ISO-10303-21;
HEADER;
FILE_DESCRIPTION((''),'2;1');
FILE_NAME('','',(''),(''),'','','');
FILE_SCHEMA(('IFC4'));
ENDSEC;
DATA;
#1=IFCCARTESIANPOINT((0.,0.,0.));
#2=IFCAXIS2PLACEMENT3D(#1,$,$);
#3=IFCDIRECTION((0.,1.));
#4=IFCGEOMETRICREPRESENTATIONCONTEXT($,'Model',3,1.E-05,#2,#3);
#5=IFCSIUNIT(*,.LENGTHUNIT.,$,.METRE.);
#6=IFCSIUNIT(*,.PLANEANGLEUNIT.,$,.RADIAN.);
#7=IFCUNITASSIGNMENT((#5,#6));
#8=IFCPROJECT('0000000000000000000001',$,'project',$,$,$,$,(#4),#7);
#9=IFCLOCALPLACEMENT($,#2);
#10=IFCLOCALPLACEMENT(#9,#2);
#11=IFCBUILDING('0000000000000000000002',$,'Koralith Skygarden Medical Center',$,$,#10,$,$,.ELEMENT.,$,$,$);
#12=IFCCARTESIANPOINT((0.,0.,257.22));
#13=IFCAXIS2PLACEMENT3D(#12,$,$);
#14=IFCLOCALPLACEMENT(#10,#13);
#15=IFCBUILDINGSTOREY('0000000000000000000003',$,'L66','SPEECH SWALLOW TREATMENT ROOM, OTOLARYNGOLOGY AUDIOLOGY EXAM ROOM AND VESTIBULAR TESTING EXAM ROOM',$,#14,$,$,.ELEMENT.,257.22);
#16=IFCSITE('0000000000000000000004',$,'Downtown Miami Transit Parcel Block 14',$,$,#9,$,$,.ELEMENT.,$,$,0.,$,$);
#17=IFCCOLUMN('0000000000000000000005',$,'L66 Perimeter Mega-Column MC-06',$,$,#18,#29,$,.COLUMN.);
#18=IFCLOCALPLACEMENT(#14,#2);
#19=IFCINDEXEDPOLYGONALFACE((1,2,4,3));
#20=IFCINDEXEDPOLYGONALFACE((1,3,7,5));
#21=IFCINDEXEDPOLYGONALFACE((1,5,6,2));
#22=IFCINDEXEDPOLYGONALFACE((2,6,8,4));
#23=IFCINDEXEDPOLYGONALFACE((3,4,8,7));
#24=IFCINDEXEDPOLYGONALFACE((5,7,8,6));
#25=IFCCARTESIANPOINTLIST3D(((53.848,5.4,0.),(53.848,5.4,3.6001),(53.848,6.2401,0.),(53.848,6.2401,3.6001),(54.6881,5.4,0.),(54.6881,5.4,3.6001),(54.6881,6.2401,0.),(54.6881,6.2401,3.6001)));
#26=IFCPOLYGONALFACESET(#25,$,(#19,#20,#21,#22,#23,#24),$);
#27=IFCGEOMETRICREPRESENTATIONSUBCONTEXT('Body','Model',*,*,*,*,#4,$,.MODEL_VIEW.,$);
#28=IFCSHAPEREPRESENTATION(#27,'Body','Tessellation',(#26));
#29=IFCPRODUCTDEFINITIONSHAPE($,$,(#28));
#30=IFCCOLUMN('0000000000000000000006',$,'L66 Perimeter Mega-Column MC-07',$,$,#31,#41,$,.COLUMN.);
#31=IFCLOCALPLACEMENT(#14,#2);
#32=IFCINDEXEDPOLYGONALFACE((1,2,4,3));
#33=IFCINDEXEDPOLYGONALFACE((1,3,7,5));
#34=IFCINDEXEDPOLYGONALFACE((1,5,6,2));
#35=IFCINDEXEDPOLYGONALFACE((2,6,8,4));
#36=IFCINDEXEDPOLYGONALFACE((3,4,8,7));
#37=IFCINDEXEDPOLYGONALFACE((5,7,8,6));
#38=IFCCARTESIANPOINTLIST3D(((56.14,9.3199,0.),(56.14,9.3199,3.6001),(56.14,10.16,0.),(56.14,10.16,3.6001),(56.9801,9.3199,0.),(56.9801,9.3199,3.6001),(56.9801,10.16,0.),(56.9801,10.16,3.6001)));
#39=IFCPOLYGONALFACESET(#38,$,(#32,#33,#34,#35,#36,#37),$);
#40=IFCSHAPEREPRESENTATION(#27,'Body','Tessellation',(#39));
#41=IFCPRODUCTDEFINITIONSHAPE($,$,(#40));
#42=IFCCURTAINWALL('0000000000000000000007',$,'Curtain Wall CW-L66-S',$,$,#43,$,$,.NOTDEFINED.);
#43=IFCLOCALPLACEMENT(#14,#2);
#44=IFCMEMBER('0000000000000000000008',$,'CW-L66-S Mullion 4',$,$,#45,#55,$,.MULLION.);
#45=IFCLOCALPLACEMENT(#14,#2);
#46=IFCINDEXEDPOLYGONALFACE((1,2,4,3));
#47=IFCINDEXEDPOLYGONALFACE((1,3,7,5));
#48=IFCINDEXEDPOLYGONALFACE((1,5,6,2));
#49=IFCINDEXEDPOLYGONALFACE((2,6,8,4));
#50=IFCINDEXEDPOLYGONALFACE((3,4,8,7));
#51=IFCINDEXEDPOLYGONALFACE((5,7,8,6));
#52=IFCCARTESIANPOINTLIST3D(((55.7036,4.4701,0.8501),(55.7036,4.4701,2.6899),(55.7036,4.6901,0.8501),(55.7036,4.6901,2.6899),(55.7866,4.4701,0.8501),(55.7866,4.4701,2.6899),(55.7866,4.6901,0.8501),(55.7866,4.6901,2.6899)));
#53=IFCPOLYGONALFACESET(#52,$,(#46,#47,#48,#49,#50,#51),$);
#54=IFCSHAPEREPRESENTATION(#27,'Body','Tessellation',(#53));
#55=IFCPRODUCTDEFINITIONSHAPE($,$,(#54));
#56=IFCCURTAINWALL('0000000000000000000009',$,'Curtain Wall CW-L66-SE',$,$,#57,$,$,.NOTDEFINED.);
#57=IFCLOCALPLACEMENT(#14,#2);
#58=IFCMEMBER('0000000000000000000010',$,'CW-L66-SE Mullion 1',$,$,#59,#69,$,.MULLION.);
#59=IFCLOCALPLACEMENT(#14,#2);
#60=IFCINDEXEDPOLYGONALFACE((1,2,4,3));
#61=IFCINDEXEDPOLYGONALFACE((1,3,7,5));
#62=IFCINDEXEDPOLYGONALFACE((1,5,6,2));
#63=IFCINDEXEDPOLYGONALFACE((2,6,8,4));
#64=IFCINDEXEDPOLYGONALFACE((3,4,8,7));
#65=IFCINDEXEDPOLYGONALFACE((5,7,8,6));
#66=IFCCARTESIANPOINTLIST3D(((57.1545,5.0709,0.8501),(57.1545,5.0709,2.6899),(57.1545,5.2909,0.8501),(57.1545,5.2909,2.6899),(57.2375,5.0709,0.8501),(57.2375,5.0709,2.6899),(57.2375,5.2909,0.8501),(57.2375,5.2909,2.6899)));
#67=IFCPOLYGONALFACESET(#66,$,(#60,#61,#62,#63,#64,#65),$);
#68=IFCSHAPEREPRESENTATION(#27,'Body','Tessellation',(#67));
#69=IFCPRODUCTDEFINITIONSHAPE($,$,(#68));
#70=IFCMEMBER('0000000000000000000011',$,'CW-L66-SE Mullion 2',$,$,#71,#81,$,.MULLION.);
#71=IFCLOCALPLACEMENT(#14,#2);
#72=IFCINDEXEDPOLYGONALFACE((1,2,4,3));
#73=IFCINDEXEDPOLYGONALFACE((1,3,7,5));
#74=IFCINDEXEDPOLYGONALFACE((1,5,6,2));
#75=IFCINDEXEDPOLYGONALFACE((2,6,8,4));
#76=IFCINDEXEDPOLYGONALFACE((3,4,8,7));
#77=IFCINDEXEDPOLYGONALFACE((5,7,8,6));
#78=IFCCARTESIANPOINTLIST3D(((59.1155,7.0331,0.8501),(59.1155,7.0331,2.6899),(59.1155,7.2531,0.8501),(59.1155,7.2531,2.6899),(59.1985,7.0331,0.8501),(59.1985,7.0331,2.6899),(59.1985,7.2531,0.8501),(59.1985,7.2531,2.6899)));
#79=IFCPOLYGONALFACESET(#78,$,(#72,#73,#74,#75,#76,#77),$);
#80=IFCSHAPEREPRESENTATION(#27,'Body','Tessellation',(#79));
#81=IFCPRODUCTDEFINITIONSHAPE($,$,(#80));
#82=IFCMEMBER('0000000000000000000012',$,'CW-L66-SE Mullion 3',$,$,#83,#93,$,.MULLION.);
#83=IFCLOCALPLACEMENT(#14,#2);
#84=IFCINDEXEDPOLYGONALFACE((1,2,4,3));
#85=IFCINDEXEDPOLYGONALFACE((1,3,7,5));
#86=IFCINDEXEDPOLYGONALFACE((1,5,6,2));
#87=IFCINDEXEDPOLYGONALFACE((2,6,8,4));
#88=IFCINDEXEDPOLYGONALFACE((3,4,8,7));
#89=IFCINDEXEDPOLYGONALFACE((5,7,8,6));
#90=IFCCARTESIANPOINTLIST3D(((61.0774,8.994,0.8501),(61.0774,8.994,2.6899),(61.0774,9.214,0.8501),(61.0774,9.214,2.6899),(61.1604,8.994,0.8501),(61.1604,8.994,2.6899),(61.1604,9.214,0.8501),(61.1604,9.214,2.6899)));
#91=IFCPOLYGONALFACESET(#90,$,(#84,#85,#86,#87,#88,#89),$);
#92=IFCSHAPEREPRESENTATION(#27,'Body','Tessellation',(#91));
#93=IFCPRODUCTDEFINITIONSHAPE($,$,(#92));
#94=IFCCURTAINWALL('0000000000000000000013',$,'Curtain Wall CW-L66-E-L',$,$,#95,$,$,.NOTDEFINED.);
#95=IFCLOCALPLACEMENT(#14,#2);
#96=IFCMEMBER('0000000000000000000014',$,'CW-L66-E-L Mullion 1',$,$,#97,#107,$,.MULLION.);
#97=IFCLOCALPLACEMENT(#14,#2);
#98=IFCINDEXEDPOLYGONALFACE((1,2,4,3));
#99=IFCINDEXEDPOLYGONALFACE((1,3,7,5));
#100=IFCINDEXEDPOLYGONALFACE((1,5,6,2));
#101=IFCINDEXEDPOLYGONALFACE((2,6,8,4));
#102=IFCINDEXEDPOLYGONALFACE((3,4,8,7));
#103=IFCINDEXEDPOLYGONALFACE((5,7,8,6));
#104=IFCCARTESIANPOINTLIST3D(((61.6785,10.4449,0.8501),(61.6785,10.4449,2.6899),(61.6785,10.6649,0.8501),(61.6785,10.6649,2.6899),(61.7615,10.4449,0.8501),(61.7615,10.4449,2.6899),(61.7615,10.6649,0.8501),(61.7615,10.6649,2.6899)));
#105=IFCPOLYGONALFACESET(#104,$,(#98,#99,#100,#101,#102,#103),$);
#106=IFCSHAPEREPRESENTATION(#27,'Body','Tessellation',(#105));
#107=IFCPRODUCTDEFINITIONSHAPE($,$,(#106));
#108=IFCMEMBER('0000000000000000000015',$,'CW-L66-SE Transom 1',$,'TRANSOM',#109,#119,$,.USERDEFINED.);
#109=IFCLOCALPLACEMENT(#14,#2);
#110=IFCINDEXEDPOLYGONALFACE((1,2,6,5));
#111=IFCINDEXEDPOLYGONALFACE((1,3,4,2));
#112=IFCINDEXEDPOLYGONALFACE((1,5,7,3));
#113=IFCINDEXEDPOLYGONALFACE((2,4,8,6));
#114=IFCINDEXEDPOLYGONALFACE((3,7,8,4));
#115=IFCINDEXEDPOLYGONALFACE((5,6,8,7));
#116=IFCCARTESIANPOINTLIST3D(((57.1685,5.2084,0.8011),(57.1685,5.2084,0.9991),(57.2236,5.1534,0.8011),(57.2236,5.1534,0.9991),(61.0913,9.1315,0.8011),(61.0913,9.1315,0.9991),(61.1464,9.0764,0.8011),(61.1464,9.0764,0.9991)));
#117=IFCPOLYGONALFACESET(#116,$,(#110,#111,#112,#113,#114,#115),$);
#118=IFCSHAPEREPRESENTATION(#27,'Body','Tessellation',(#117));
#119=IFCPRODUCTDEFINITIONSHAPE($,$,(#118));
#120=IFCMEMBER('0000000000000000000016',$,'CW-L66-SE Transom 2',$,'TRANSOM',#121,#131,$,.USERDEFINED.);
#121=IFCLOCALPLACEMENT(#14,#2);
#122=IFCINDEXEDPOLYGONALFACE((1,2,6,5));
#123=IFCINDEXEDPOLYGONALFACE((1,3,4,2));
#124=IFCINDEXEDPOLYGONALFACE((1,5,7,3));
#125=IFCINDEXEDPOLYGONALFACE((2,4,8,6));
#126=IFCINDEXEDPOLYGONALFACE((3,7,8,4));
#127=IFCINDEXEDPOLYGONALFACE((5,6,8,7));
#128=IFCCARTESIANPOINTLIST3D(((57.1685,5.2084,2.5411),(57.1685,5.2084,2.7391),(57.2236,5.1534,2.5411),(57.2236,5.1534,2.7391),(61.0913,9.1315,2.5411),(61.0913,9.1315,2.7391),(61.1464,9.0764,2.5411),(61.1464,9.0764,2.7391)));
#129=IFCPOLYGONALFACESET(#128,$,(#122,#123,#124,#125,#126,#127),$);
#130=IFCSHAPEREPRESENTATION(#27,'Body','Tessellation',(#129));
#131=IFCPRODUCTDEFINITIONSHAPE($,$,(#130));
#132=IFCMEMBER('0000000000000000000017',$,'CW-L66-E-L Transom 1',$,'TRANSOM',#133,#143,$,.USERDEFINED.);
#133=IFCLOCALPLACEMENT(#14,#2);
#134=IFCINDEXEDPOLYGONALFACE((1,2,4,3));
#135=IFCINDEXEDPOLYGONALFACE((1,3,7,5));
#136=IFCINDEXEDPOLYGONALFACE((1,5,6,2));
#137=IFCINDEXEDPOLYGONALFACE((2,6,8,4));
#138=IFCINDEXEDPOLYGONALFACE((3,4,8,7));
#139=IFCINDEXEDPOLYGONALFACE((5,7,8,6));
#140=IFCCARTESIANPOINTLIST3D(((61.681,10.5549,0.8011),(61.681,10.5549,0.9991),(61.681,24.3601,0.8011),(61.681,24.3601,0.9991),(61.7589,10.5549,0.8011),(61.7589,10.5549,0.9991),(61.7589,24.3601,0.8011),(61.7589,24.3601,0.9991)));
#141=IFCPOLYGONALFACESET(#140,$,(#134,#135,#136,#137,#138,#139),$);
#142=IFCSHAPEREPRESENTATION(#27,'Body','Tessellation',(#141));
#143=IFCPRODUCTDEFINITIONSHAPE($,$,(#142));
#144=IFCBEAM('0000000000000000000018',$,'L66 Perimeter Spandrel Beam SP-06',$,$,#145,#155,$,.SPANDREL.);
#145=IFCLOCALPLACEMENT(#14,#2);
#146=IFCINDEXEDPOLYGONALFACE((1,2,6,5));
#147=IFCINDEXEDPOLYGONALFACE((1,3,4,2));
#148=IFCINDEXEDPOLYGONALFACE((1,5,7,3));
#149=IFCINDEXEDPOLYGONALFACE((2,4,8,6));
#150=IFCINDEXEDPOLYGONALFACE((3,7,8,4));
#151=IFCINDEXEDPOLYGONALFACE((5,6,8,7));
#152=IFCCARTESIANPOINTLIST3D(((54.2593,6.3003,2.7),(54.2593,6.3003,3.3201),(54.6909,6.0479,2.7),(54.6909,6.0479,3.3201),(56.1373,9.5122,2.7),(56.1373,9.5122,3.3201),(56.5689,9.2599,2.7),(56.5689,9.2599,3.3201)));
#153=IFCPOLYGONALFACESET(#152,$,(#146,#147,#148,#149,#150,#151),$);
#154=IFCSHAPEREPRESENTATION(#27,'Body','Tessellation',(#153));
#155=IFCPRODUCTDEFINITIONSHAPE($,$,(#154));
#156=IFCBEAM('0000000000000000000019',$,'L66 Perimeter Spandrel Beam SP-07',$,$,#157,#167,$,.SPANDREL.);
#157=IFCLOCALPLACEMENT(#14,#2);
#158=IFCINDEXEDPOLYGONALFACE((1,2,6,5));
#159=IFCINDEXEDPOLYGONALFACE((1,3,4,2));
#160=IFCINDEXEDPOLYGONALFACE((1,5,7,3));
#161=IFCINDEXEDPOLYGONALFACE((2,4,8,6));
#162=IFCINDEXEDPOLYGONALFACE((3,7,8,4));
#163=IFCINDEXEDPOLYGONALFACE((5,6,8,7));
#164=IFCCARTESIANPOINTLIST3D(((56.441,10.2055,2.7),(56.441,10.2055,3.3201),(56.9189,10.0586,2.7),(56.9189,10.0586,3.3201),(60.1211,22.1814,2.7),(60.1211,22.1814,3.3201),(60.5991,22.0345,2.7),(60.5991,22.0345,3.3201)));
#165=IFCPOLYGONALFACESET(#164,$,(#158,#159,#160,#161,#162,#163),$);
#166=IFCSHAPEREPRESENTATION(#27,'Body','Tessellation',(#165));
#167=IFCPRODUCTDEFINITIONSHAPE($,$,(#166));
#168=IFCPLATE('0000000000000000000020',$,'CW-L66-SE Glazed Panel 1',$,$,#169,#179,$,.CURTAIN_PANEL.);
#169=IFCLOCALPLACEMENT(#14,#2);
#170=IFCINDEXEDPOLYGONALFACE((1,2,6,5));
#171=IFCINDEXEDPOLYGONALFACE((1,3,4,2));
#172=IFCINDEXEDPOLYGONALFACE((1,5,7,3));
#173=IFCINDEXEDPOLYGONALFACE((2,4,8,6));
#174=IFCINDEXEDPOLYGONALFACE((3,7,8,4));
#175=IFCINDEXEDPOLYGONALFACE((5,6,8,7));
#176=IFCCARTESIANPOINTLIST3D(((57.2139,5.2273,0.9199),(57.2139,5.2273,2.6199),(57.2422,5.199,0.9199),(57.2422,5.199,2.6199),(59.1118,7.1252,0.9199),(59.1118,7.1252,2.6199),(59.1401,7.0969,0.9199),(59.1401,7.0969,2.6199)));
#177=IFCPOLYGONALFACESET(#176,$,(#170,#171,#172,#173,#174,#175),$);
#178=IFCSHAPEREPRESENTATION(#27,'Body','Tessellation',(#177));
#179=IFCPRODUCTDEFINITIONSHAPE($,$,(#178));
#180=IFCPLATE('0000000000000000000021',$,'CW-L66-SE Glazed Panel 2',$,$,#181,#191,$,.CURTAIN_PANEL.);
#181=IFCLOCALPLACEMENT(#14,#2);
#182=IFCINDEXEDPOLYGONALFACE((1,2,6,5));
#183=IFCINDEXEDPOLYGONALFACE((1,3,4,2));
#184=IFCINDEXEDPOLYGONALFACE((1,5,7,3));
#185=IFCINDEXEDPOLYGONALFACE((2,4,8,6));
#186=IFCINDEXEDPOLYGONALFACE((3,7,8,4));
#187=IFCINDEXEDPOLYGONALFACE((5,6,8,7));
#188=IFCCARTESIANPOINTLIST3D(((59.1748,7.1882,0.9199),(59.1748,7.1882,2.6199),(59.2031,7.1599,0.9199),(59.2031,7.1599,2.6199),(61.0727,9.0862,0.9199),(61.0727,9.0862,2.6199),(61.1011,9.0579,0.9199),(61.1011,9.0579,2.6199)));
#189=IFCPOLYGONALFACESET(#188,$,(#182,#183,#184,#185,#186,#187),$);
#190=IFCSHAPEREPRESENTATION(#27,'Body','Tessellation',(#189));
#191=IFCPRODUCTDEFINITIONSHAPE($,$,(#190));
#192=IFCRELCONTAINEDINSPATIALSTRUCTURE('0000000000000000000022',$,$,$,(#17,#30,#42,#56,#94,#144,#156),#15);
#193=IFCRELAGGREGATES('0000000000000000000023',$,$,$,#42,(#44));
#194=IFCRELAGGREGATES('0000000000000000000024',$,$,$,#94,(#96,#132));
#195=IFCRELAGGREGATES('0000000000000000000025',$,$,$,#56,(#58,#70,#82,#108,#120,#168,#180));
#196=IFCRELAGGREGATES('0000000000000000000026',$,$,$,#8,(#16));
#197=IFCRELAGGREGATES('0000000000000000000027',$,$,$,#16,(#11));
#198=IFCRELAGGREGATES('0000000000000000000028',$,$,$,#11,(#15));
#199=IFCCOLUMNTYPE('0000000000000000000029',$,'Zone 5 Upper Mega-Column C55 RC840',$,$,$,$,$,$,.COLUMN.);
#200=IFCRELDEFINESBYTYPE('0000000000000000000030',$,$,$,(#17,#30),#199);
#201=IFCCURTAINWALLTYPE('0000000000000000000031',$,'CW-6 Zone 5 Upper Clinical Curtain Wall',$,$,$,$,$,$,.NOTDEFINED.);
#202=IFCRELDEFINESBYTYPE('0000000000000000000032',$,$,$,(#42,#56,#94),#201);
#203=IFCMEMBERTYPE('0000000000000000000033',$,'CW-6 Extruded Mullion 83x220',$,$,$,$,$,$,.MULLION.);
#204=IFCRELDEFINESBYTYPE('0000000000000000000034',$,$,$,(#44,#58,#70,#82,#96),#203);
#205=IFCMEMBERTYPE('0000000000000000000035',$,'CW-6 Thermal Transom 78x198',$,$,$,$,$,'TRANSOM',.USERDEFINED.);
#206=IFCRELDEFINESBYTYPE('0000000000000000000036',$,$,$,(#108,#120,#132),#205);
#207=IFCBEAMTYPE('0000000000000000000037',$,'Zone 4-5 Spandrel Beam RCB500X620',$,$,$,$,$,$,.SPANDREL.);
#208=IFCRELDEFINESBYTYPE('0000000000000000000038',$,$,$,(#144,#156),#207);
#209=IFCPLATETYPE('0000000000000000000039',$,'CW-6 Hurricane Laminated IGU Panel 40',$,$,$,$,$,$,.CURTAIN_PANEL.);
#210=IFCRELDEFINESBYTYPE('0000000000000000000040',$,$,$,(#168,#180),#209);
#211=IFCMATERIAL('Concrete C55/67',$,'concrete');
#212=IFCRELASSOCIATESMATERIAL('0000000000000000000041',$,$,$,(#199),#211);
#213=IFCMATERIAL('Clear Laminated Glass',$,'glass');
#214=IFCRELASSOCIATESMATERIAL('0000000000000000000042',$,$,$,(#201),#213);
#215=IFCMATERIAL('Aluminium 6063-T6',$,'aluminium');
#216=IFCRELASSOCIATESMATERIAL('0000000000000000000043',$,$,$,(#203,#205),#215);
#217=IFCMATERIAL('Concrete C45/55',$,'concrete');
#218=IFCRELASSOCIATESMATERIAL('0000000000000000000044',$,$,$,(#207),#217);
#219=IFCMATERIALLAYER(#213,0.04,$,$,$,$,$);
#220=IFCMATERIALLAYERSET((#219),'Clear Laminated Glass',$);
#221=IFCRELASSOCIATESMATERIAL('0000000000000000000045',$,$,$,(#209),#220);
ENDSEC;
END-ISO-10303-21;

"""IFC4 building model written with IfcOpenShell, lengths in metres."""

from ifc_helpers import new_model, si_unit, direction, frame, origin, origin_2d, place, context, subcontext, project, spatial, rectangle, extrude, material, layer, layer_set, material_profile, profile_set, type_object, element, aggregate, save


model = new_model("IFC4")

# Units and contexts
model_context = context("Model", 3, precision=1e-05, world=origin(), true_north=direction((0.0, 1.0)))
body_context = subcontext(model_context, "Body", "Model", "MODEL_VIEW")
ifc_project = project(units=[si_unit("LENGTHUNIT", "METRE"), si_unit("PLANEANGLEUNIT", "RADIAN")], contexts=[model_context])

# Site, building, storey
site_placement = place(None, origin())
site = spatial("IfcSite", under=ifc_project, at=site_placement, Name="Downtown Miami Transit Parcel Block 14", CompositionType="ELEMENT", RefElevation=0.0)
building_placement = place(site_placement, origin())
building = spatial("IfcBuilding", under=site, at=building_placement, Name="Koralith Skygarden Medical Center", CompositionType="ELEMENT")
storey_placement = place(building_placement, frame((0.0, 0.0, 257.22)))
storey = spatial("IfcBuildingStorey", under=building, at=storey_placement, Name="L66", Description="SPEECH SWALLOW TREATMENT ROOM, OTOLARYNGOLOGY AUDIOLOGY EXAM ROOM AND VESTIBULAR TESTING EXAM ROOM", CompositionType="ELEMENT", Elevation=257.22)

# Columns
ifc_material_1 = material(Name="Concrete C55/67", Category="concrete")
ifc_material_profile_1 = material_profile(ifc_material_1, rectangle(XDim=0.8401, YDim=0.8401, at=origin_2d()), Name="RC840X840")
ifc_profile_set_1 = profile_set([ifc_material_profile_1], Name="Concrete C55/67")
column_type = type_object("IfcColumnType", Name="Zone 5 Upper Mega-Column C55 RC840", PredefinedType="COLUMN", material=ifc_profile_set_1)
for number, where, z_axis, x_axis, name in (
    (1, (54.2681, 5.8201, 0.0), (0.0, 0.0, 1.0), (1.0, 0.0, 0.0), "L66 Perimeter Mega-Column MC-06"),
    (2, (56.5601, 9.74, 0.0), (0.0, 0.0, 1.0), (1.0, 0.0, 0.0), "L66 Perimeter Mega-Column MC-07"),
):
    element("IfcColumn", number, at=place(storey_placement, frame(where, z_axis=z_axis, x_axis=x_axis)), inside=storey, type_object=column_type, Name=name, PredefinedType="COLUMN", context=body_context, shape_type="SweptSolid", body=[
        extrude(rectangle(XDim=0.8401, YDim=0.8401, at=origin_2d()), origin(), (0.0, 0.0, 1.0), 3.6001),
    ])

# Curtain wall, member
ifc_material_2 = material(Name="Clear Laminated Glass", Category="glass")
curtain_wall_type = type_object("IfcCurtainWallType", Name="CW-6 Zone 5 Upper Clinical Curtain Wall", PredefinedType="NOTDEFINED", material=ifc_material_2)
curtain_wall_1_placement = place(storey_placement, origin())
curtain_wall_1 = element("IfcCurtainWall", 3, at=curtain_wall_1_placement, inside=storey, type_object=curtain_wall_type, Name="Curtain Wall CW-L66-S", PredefinedType="NOTDEFINED")
ifc_material_3 = material(Name="Aluminium 6063-T6", Category="aluminium")
ifc_material_profile_2 = material_profile(ifc_material_3, rectangle(XDim=0.083, YDim=0.22, at=origin_2d()), Name="MUL83X220")
ifc_profile_set_2 = profile_set([ifc_material_profile_2], Name="Aluminium 6063-T6")
member_type_1 = type_object("IfcMemberType", Name="CW-6 Extruded Mullion 83x220", PredefinedType="MULLION", material=ifc_profile_set_2)
member_1_placement = place(storey_placement, frame((55.7451, 4.5801, 0.8501), z_axis=(0.0, 0.0, 1.0), x_axis=(1.0, 0.0, 0.0)))
member_1 = element("IfcMember", 4, at=member_1_placement, type_object=member_type_1, Name="CW-L66-S Mullion 4", PredefinedType="MULLION", context=body_context, shape_type="SweptSolid", body=[
    extrude(rectangle(XDim=0.083, YDim=0.22, at=origin_2d()), origin(), (0.0, 0.0, 1.0), 1.8398),
])
aggregate(curtain_wall_1, [member_1])

# Curtain wall, members
curtain_wall_2_placement = place(storey_placement, origin())
curtain_wall_2 = element("IfcCurtainWall", 5, at=curtain_wall_2_placement, inside=storey, type_object=curtain_wall_type, Name="Curtain Wall CW-L66-SE", PredefinedType="NOTDEFINED")
member_2_placement = place(storey_placement, frame((57.196, 5.1809, 0.8501), z_axis=(0.0, 0.0, 1.0), x_axis=(1.0, 0.0, 0.0)))
member_2 = element("IfcMember", 6, at=member_2_placement, type_object=member_type_1, Name="CW-L66-SE Mullion 1", PredefinedType="MULLION", context=body_context, shape_type="SweptSolid", body=[
    extrude(rectangle(XDim=0.083, YDim=0.22, at=origin_2d()), origin(), (0.0, 0.0, 1.0), 1.8398),
])
member_3_placement = place(storey_placement, frame((59.157, 7.1431, 0.8501), z_axis=(0.0, 0.0, 1.0), x_axis=(1.0, 0.0, 0.0)))
member_3 = element("IfcMember", 7, at=member_3_placement, type_object=member_type_1, Name="CW-L66-SE Mullion 2", PredefinedType="MULLION", context=body_context, shape_type="SweptSolid", body=[
    extrude(rectangle(XDim=0.083, YDim=0.22, at=origin_2d()), origin(), (0.0, 0.0, 1.0), 1.8398),
])
member_4_placement = place(storey_placement, frame((61.1189, 9.104, 0.8501), z_axis=(0.0, 0.0, 1.0), x_axis=(1.0, 0.0, 0.0)))
member_4 = element("IfcMember", 8, at=member_4_placement, type_object=member_type_1, Name="CW-L66-SE Mullion 3", PredefinedType="MULLION", context=body_context, shape_type="SweptSolid", body=[
    extrude(rectangle(XDim=0.083, YDim=0.22, at=origin_2d()), origin(), (0.0, 0.0, 1.0), 1.8398),
])

# Curtain wall, member
curtain_wall_3_placement = place(storey_placement, origin())
curtain_wall_3 = element("IfcCurtainWall", 9, at=curtain_wall_3_placement, inside=storey, type_object=curtain_wall_type, Name="Curtain Wall CW-L66-E-L", PredefinedType="NOTDEFINED")
member_5_placement = place(storey_placement, frame((61.72, 10.5549, 0.8501), z_axis=(0.0, 0.0, 1.0), x_axis=(1.0, 0.0, 0.0)))
member_5 = element("IfcMember", 10, at=member_5_placement, type_object=member_type_1, Name="CW-L66-E-L Mullion 1", PredefinedType="MULLION", context=body_context, shape_type="SweptSolid", body=[
    extrude(rectangle(XDim=0.083, YDim=0.22, at=origin_2d()), origin(), (0.0, 0.0, 1.0), 1.8398),
])

# Members
ifc_material_profile_3 = material_profile(ifc_material_3, rectangle(XDim=0.0779, YDim=0.198, at=origin_2d()), Name="TRN78X198")
ifc_profile_set_3 = profile_set([ifc_material_profile_3], Name="Aluminium 6063-T6")
member_type_2 = type_object("IfcMemberType", Name="CW-6 Thermal Transom 78x198", ElementType="TRANSOM", PredefinedType="USERDEFINED", material=ifc_profile_set_3)
member_6_placement = place(storey_placement, frame((57.196, 5.1809, 0.9001), z_axis=(0.707085, 0.707129, 0.0), x_axis=(-0.707129, 0.707085, 0.0)))
member_6 = element("IfcMember", 11, at=member_6_placement, type_object=member_type_2, Name="CW-L66-SE Transom 1", ObjectType="TRANSOM", PredefinedType="USERDEFINED", context=body_context, shape_type="SweptSolid", body=[
    extrude(rectangle(XDim=0.0779, YDim=0.198, at=origin_2d()), origin(), (0.0, 0.0, 1.0), 5.5479),
])
member_7_placement = place(storey_placement, frame((57.196, 5.1809, 2.6401), z_axis=(0.707085, 0.707129, 0.0), x_axis=(-0.707129, 0.707085, 0.0)))
member_7 = element("IfcMember", 12, at=member_7_placement, type_object=member_type_2, Name="CW-L66-SE Transom 2", ObjectType="TRANSOM", PredefinedType="USERDEFINED", context=body_context, shape_type="SweptSolid", body=[
    extrude(rectangle(XDim=0.0779, YDim=0.198, at=origin_2d()), origin(), (0.0, 0.0, 1.0), 5.5479),
])
member_8_placement = place(storey_placement, frame((61.72, 10.5549, 0.9001), z_axis=(0.0, 1.0, 0.0), x_axis=(-1.0, 0.0, 0.0)))
member_8 = element("IfcMember", 13, at=member_8_placement, type_object=member_type_2, Name="CW-L66-E-L Transom 1", ObjectType="TRANSOM", PredefinedType="USERDEFINED", context=body_context, shape_type="SweptSolid", body=[
    extrude(rectangle(XDim=0.0779, YDim=0.198, at=origin_2d()), origin(), (0.0, 0.0, 1.0), 13.8052),
])
aggregate(curtain_wall_3, [member_5, member_8])

# Beams
ifc_material_4 = material(Name="Concrete C45/55", Category="concrete")
ifc_material_profile_4 = material_profile(ifc_material_4, rectangle(XDim=0.5, YDim=0.6201, at=origin_2d()), Name="RCB500X620")
ifc_profile_set_4 = profile_set([ifc_material_profile_4], Name="Concrete C45/55")
beam_type = type_object("IfcBeamType", Name="Zone 4-5 Spandrel Beam RCB500X620", PredefinedType="SPANDREL", material=ifc_profile_set_4)
beam_1_placement = place(storey_placement, frame((54.4751, 6.1741, 3.01), z_axis=(0.504736, 0.863274, 0.0), x_axis=(-0.863274, 0.504736, 0.0)))
element("IfcBeam", 14, at=beam_1_placement, inside=storey, type_object=beam_type, Name="L66 Perimeter Spandrel Beam SP-06", PredefinedType="SPANDREL", context=body_context, shape_type="SweptSolid", body=[
    extrude(rectangle(XDim=0.5, YDim=0.6201, at=origin_2d()), origin(), (0.0, 0.0, 1.0), 3.7207),
])
beam_2_placement = place(storey_placement, frame((56.6799, 10.1321, 3.01), z_axis=(0.293743, 0.955884, 0.0), x_axis=(-0.955884, 0.293743, 0.0)))
element("IfcBeam", 15, at=beam_2_placement, inside=storey, type_object=beam_type, Name="L66 Perimeter Spandrel Beam SP-07", PredefinedType="SPANDREL", context=body_context, shape_type="SweptSolid", body=[
    extrude(rectangle(XDim=0.5, YDim=0.6201, at=origin_2d()), origin(), (0.0, 0.0, 1.0), 12.5286),
])

# Plates
ifc_layer_1 = layer(ifc_material_2, 0.04)
ifc_layer_set_1 = layer_set([ifc_layer_1], Name="Clear Laminated Glass")
plate_type_1 = type_object("IfcPlateType", Name="CW-6 Hurricane Laminated IGU Panel 40", PredefinedType="CURTAIN_PANEL", material=ifc_layer_set_1)
plate_1_placement = place(storey_placement, frame((58.177, 6.1621, 0.9199), z_axis=(0.0, 0.0, 1.0), x_axis=(0.707107, 0.707107, 0.0)))
plate_1 = element("IfcPlate", 16, at=plate_1_placement, type_object=plate_type_1, Name="CW-L66-SE Glazed Panel 1", PredefinedType="CURTAIN_PANEL", context=body_context, shape_type="SweptSolid", body=[
    extrude(rectangle(XDim=2.6841, YDim=0.04, at=origin_2d()), origin(), (0.0, 0.0, 1.0), 1.7),
])
plate_2_placement = place(storey_placement, frame((60.1379, 8.123, 0.9199), z_axis=(0.0, 0.0, 1.0), x_axis=(0.707107, 0.707107, 0.0)))
plate_2 = element("IfcPlate", 17, at=plate_2_placement, type_object=plate_type_1, Name="CW-L66-SE Glazed Panel 2", PredefinedType="CURTAIN_PANEL", context=body_context, shape_type="SweptSolid", body=[
    extrude(rectangle(XDim=2.6841, YDim=0.04, at=origin_2d()), origin(), (0.0, 0.0, 1.0), 1.7),
])
aggregate(curtain_wall_2, [member_2, member_3, member_4, member_6, member_7, plate_1, plate_2])

save(model, "model.ifc")
